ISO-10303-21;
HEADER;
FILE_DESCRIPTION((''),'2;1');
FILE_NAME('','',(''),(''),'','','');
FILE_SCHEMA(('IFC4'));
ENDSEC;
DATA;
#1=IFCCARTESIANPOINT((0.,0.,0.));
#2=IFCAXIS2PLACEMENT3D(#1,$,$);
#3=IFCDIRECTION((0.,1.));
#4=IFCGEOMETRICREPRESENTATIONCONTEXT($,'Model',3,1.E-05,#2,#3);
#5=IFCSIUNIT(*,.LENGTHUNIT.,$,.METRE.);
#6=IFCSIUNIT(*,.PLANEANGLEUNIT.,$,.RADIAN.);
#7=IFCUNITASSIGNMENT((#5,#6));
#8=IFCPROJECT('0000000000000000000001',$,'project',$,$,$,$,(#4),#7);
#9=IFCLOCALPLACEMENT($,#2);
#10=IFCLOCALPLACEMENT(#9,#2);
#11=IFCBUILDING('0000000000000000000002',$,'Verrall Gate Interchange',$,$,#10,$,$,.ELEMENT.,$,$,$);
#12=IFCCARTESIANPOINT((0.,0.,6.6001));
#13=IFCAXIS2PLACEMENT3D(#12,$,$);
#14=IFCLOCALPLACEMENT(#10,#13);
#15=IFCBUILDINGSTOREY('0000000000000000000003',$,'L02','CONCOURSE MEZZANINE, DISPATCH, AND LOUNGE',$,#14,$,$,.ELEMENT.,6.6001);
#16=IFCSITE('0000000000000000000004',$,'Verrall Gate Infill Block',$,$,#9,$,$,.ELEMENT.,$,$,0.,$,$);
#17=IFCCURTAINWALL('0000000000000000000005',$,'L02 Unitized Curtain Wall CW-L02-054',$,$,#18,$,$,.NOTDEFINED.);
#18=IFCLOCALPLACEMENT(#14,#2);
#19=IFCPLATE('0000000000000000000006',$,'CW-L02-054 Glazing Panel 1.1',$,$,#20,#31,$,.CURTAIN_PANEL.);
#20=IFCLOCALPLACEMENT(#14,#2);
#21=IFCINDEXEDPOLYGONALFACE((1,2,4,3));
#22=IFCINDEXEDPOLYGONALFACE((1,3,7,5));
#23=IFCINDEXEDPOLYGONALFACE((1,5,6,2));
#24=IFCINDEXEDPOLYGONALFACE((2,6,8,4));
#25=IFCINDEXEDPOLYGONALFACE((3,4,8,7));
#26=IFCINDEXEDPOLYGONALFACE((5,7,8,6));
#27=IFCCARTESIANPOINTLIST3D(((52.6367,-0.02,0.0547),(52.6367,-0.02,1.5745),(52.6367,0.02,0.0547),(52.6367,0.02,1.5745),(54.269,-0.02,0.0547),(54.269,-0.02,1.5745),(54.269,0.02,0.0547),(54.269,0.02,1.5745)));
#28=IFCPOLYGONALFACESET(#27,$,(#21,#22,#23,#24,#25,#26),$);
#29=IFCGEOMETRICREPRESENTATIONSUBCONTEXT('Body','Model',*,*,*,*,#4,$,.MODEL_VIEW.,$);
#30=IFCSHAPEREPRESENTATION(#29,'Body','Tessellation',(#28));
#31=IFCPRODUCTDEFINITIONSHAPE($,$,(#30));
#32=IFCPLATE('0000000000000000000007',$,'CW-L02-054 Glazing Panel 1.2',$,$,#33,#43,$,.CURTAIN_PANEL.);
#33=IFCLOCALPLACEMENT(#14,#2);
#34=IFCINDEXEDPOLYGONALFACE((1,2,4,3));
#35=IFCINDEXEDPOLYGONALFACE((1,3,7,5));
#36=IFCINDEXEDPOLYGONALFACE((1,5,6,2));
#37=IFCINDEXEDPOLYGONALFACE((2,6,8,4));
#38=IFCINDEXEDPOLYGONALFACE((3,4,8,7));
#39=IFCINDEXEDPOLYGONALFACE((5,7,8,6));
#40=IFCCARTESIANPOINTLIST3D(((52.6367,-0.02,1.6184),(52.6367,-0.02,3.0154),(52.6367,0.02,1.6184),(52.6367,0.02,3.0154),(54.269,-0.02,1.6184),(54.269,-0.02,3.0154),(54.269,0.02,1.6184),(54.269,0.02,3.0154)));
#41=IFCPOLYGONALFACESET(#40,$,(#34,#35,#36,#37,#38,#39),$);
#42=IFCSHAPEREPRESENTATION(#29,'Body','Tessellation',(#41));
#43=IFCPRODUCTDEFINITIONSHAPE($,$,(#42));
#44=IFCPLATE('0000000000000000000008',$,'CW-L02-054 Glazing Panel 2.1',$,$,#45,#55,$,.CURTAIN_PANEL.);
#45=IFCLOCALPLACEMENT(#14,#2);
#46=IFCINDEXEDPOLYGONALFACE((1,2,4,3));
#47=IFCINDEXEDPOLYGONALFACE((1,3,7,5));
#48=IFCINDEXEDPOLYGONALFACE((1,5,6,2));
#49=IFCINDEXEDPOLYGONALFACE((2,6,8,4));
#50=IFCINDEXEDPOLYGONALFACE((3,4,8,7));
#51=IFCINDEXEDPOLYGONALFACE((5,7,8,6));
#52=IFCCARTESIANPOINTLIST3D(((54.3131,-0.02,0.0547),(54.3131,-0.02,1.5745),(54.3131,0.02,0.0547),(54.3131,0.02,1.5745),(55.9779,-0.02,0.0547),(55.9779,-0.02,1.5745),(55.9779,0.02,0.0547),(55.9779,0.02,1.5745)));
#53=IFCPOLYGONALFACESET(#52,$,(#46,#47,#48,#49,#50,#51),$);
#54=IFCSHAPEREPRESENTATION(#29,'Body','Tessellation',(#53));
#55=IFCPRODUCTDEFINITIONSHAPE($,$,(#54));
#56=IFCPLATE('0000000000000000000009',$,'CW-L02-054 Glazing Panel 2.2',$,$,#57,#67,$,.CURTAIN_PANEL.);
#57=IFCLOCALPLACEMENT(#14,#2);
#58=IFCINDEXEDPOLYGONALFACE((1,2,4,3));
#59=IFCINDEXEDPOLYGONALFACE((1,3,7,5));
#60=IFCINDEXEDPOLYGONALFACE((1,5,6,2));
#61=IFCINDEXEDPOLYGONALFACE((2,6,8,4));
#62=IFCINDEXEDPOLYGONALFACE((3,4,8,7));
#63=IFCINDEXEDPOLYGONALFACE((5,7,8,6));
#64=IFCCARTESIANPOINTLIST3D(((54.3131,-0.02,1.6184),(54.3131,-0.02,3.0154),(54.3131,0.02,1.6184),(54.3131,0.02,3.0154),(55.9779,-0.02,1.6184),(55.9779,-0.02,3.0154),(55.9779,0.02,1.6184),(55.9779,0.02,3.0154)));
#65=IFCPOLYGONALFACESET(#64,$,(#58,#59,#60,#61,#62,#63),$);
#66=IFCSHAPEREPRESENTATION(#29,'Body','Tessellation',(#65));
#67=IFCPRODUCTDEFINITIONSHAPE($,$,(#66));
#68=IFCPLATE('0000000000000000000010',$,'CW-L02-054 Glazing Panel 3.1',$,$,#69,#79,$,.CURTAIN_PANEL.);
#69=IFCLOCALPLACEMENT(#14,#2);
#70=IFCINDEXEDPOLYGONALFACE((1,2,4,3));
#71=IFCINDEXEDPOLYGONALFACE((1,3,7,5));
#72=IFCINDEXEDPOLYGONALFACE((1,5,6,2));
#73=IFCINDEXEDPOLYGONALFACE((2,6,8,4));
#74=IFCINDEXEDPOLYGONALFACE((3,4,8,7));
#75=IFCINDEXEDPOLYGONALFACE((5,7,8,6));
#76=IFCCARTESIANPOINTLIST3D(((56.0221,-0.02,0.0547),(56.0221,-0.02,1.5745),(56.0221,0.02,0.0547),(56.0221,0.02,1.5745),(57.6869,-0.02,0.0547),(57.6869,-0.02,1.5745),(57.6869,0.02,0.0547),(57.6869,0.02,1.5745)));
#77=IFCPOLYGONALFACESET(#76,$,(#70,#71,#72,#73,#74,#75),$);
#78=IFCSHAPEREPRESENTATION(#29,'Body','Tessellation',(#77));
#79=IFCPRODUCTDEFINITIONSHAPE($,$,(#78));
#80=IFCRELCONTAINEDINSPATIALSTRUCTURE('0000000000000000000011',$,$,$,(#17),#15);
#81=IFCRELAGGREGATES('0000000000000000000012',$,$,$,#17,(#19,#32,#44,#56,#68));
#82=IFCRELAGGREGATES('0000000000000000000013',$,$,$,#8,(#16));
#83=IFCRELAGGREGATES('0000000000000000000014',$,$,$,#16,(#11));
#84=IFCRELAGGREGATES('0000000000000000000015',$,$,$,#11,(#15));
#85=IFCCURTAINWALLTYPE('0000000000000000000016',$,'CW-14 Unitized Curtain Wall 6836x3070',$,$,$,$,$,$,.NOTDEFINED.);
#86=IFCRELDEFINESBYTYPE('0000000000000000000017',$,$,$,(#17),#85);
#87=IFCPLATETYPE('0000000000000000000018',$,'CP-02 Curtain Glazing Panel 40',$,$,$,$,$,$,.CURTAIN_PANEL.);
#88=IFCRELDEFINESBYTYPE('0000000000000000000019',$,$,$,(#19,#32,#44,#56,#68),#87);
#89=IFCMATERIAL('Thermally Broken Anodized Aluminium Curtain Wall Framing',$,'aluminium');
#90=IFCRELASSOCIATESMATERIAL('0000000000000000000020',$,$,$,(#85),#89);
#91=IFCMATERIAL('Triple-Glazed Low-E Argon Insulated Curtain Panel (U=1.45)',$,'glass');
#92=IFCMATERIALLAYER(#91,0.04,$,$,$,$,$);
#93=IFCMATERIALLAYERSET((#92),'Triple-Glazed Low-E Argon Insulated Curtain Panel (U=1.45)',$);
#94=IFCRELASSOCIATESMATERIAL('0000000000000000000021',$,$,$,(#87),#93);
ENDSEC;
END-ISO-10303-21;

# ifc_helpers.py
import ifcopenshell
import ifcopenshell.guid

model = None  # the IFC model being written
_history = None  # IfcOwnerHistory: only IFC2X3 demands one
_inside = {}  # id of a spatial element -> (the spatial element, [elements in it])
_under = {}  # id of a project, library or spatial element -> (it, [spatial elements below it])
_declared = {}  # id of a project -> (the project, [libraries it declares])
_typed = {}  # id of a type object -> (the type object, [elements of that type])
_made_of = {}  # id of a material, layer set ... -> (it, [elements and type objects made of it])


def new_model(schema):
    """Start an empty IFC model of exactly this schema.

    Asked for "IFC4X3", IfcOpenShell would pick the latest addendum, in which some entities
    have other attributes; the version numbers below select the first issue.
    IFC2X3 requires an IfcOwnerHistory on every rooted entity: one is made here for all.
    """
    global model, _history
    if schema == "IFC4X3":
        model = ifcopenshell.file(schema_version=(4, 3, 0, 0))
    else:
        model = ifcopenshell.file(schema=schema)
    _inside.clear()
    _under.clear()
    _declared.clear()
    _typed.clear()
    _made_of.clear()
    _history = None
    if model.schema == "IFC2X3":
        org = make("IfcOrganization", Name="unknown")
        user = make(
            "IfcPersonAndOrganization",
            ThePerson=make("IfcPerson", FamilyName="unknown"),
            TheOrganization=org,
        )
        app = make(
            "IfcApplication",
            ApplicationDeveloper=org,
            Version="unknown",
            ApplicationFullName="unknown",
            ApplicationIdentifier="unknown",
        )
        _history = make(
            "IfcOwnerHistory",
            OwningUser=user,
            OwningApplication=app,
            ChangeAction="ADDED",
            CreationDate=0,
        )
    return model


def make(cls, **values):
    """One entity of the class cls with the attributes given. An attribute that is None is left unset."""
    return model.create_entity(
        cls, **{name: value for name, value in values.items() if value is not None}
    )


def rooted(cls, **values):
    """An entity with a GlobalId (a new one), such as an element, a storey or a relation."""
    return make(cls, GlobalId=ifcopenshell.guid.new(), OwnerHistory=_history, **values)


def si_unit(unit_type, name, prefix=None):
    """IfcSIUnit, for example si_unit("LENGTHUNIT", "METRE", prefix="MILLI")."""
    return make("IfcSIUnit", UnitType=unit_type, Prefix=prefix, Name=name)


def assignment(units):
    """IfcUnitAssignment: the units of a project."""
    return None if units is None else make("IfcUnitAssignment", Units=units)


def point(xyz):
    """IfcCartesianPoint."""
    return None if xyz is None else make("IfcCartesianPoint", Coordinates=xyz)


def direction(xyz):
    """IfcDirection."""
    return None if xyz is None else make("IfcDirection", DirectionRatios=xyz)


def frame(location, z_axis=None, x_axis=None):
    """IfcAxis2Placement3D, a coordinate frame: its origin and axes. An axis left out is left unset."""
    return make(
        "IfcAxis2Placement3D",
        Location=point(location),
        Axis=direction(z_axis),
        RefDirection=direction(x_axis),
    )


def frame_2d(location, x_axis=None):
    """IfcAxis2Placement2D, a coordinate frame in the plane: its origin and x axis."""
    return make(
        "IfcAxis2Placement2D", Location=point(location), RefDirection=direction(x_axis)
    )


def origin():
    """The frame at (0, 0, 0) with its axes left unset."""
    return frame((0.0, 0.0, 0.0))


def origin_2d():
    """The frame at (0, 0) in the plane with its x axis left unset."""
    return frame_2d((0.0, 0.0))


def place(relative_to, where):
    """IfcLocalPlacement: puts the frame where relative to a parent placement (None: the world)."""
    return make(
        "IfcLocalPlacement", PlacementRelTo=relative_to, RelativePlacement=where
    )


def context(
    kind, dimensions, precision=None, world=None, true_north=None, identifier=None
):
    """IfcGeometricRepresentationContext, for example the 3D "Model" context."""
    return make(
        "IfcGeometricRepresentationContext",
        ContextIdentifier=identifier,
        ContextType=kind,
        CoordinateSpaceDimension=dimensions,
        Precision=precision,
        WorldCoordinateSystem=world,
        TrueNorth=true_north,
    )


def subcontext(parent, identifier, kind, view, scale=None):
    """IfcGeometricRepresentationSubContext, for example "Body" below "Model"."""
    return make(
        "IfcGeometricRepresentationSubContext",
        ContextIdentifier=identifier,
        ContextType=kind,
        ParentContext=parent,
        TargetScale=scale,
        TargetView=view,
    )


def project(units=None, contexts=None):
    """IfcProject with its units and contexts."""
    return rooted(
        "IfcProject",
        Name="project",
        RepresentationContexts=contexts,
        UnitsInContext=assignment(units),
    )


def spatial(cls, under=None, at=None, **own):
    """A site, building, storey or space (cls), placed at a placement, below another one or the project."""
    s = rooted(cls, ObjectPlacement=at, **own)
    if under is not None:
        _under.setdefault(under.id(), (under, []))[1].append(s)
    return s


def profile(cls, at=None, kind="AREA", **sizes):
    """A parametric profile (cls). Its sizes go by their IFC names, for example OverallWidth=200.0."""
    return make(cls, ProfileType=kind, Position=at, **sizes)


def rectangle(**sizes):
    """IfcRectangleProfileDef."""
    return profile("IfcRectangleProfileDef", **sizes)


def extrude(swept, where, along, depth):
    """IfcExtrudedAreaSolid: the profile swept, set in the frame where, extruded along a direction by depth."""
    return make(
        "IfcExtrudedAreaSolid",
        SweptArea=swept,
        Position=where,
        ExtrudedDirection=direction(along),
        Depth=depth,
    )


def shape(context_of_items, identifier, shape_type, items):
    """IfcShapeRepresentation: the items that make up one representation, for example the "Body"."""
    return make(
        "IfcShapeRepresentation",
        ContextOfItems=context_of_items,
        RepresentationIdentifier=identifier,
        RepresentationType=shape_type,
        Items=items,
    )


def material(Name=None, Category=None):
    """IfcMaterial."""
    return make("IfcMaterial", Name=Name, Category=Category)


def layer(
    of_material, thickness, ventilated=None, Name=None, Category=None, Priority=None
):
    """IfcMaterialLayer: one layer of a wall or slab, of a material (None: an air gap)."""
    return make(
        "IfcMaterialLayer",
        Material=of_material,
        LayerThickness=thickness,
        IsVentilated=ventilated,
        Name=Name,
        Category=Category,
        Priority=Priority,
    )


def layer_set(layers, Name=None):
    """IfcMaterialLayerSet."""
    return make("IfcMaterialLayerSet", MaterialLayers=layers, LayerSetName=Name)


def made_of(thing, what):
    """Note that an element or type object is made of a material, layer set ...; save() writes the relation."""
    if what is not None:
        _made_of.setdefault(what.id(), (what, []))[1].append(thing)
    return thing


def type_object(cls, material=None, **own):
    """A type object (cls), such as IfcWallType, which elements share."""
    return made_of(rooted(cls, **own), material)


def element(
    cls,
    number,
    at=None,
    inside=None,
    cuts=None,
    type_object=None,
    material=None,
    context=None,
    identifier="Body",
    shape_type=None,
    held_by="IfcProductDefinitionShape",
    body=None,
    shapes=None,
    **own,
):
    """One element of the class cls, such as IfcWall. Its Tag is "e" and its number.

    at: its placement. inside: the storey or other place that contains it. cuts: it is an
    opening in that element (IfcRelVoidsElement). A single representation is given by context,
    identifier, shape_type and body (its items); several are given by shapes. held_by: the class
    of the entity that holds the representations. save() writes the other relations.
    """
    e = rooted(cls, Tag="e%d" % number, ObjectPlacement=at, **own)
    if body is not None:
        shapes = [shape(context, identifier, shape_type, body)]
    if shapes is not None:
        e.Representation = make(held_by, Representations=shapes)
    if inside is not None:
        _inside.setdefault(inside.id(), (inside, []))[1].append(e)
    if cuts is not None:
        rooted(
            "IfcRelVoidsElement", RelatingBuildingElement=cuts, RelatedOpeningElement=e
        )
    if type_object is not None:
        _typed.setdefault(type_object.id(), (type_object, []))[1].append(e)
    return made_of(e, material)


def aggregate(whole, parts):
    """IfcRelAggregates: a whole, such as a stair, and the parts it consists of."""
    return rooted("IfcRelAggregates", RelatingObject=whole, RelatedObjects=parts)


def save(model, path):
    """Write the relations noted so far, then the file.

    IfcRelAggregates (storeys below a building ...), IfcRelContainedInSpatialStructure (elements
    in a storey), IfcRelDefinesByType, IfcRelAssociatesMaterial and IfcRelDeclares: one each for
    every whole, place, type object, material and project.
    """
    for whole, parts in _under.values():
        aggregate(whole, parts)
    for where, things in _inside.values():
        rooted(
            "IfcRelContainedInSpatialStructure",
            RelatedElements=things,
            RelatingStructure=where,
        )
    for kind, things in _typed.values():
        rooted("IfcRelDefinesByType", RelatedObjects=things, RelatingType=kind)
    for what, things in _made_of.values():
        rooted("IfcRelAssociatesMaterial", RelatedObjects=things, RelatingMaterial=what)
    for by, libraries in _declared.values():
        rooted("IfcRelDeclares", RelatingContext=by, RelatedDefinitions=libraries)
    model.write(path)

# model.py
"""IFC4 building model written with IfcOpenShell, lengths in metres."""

from ifc_helpers import new_model, si_unit, direction, frame, origin, origin_2d, place, context, subcontext, project, spatial, rectangle, extrude, material, layer, layer_set, type_object, element, aggregate, save


model = new_model("IFC4")

# Units and contexts
model_context = context("Model", 3, precision=1e-05, world=origin(), true_north=direction((0.0, 1.0)))
body_context = subcontext(model_context, "Body", "Model", "MODEL_VIEW")
ifc_project = project(units=[si_unit("LENGTHUNIT", "METRE"), si_unit("PLANEANGLEUNIT", "RADIAN")], contexts=[model_context])

# Site, building, storey
site_placement = place(None, origin())
site = spatial("IfcSite", under=ifc_project, at=site_placement, Name="Verrall Gate Infill Block", CompositionType="ELEMENT", RefElevation=0.0)
building_placement = place(site_placement, origin())
building = spatial("IfcBuilding", under=site, at=building_placement, Name="Verrall Gate Interchange", CompositionType="ELEMENT")
storey_placement = place(building_placement, frame((0.0, 0.0, 6.6001)))
storey = spatial("IfcBuildingStorey", under=building, at=storey_placement, Name="L02", Description="CONCOURSE MEZZANINE, DISPATCH, AND LOUNGE", CompositionType="ELEMENT", Elevation=6.6001)

# Curtain wall
ifc_material_1 = material(Name="Thermally Broken Anodized Aluminium Curtain Wall Framing", Category="aluminium")
curtain_wall_type = type_object("IfcCurtainWallType", Name="CW-14 Unitized Curtain Wall 6836x3070", PredefinedType="NOTDEFINED", material=ifc_material_1)
curtain_wall_1_placement = place(storey_placement, origin())
curtain_wall_1 = element("IfcCurtainWall", 1, at=curtain_wall_1_placement, inside=storey, type_object=curtain_wall_type, Name="L02 Unitized Curtain Wall CW-L02-054", PredefinedType="NOTDEFINED")

# Plates
ifc_material_2 = material(Name="Triple-Glazed Low-E Argon Insulated Curtain Panel (U=1.45)", Category="glass")
ifc_layer_1 = layer(ifc_material_2, 0.04)
ifc_layer_set_1 = layer_set([ifc_layer_1], Name="Triple-Glazed Low-E Argon Insulated Curtain Panel (U=1.45)")
plate_type_1 = type_object("IfcPlateType", Name="CP-02 Curtain Glazing Panel 40", PredefinedType="CURTAIN_PANEL", material=ifc_layer_set_1)
plate_1_placement = place(storey_placement, frame((53.4529, 0.0, 0.0547), z_axis=(0.0, 0.0, 1.0), x_axis=(1.0, 0.0, 0.0)))
plate_1 = element("IfcPlate", 2, at=plate_1_placement, type_object=plate_type_1, Name="CW-L02-054 Glazing Panel 1.1", PredefinedType="CURTAIN_PANEL", context=body_context, shape_type="SweptSolid", body=[
    extrude(rectangle(XDim=1.6323, YDim=0.04, at=origin_2d()), origin(), (0.0, 0.0, 1.0), 1.5198),
])
plate_2_placement = place(storey_placement, frame((53.4529, 0.0, 1.6184), z_axis=(0.0, 0.0, 1.0), x_axis=(1.0, 0.0, 0.0)))
plate_2 = element("IfcPlate", 3, at=plate_2_placement, type_object=plate_type_1, Name="CW-L02-054 Glazing Panel 1.2", PredefinedType="CURTAIN_PANEL", context=body_context, shape_type="SweptSolid", body=[
    extrude(rectangle(XDim=1.6323, YDim=0.04, at=origin_2d()), origin(), (0.0, 0.0, 1.0), 1.397),
])
plate_3_placement = place(storey_placement, frame((55.1455, 0.0, 0.0547), z_axis=(0.0, 0.0, 1.0), x_axis=(1.0, 0.0, 0.0)))
plate_3 = element("IfcPlate", 4, at=plate_3_placement, type_object=plate_type_1, Name="CW-L02-054 Glazing Panel 2.1", PredefinedType="CURTAIN_PANEL", context=body_context, shape_type="SweptSolid", body=[
    extrude(rectangle(XDim=1.6648, YDim=0.04, at=origin_2d()), origin(), (0.0, 0.0, 1.0), 1.5198),
])
plate_4_placement = place(storey_placement, frame((55.1455, 0.0, 1.6184), z_axis=(0.0, 0.0, 1.0), x_axis=(1.0, 0.0, 0.0)))
plate_4 = element("IfcPlate", 5, at=plate_4_placement, type_object=plate_type_1, Name="CW-L02-054 Glazing Panel 2.2", PredefinedType="CURTAIN_PANEL", context=body_context, shape_type="SweptSolid", body=[
    extrude(rectangle(XDim=1.6648, YDim=0.04, at=origin_2d()), origin(), (0.0, 0.0, 1.0), 1.397),
])
plate_5_placement = place(storey_placement, frame((56.8545, 0.0, 0.0547), z_axis=(0.0, 0.0, 1.0), x_axis=(1.0, 0.0, 0.0)))
plate_5 = element("IfcPlate", 6, at=plate_5_placement, type_object=plate_type_1, Name="CW-L02-054 Glazing Panel 3.1", PredefinedType="CURTAIN_PANEL", context=body_context, shape_type="SweptSolid", body=[
    extrude(rectangle(XDim=1.6648, YDim=0.04, at=origin_2d()), origin(), (0.0, 0.0, 1.0), 1.5198),
])
aggregate(curtain_wall_1, [plate_1, plate_2, plate_3, plate_4, plate_5])

save(model, "model.ifc")
